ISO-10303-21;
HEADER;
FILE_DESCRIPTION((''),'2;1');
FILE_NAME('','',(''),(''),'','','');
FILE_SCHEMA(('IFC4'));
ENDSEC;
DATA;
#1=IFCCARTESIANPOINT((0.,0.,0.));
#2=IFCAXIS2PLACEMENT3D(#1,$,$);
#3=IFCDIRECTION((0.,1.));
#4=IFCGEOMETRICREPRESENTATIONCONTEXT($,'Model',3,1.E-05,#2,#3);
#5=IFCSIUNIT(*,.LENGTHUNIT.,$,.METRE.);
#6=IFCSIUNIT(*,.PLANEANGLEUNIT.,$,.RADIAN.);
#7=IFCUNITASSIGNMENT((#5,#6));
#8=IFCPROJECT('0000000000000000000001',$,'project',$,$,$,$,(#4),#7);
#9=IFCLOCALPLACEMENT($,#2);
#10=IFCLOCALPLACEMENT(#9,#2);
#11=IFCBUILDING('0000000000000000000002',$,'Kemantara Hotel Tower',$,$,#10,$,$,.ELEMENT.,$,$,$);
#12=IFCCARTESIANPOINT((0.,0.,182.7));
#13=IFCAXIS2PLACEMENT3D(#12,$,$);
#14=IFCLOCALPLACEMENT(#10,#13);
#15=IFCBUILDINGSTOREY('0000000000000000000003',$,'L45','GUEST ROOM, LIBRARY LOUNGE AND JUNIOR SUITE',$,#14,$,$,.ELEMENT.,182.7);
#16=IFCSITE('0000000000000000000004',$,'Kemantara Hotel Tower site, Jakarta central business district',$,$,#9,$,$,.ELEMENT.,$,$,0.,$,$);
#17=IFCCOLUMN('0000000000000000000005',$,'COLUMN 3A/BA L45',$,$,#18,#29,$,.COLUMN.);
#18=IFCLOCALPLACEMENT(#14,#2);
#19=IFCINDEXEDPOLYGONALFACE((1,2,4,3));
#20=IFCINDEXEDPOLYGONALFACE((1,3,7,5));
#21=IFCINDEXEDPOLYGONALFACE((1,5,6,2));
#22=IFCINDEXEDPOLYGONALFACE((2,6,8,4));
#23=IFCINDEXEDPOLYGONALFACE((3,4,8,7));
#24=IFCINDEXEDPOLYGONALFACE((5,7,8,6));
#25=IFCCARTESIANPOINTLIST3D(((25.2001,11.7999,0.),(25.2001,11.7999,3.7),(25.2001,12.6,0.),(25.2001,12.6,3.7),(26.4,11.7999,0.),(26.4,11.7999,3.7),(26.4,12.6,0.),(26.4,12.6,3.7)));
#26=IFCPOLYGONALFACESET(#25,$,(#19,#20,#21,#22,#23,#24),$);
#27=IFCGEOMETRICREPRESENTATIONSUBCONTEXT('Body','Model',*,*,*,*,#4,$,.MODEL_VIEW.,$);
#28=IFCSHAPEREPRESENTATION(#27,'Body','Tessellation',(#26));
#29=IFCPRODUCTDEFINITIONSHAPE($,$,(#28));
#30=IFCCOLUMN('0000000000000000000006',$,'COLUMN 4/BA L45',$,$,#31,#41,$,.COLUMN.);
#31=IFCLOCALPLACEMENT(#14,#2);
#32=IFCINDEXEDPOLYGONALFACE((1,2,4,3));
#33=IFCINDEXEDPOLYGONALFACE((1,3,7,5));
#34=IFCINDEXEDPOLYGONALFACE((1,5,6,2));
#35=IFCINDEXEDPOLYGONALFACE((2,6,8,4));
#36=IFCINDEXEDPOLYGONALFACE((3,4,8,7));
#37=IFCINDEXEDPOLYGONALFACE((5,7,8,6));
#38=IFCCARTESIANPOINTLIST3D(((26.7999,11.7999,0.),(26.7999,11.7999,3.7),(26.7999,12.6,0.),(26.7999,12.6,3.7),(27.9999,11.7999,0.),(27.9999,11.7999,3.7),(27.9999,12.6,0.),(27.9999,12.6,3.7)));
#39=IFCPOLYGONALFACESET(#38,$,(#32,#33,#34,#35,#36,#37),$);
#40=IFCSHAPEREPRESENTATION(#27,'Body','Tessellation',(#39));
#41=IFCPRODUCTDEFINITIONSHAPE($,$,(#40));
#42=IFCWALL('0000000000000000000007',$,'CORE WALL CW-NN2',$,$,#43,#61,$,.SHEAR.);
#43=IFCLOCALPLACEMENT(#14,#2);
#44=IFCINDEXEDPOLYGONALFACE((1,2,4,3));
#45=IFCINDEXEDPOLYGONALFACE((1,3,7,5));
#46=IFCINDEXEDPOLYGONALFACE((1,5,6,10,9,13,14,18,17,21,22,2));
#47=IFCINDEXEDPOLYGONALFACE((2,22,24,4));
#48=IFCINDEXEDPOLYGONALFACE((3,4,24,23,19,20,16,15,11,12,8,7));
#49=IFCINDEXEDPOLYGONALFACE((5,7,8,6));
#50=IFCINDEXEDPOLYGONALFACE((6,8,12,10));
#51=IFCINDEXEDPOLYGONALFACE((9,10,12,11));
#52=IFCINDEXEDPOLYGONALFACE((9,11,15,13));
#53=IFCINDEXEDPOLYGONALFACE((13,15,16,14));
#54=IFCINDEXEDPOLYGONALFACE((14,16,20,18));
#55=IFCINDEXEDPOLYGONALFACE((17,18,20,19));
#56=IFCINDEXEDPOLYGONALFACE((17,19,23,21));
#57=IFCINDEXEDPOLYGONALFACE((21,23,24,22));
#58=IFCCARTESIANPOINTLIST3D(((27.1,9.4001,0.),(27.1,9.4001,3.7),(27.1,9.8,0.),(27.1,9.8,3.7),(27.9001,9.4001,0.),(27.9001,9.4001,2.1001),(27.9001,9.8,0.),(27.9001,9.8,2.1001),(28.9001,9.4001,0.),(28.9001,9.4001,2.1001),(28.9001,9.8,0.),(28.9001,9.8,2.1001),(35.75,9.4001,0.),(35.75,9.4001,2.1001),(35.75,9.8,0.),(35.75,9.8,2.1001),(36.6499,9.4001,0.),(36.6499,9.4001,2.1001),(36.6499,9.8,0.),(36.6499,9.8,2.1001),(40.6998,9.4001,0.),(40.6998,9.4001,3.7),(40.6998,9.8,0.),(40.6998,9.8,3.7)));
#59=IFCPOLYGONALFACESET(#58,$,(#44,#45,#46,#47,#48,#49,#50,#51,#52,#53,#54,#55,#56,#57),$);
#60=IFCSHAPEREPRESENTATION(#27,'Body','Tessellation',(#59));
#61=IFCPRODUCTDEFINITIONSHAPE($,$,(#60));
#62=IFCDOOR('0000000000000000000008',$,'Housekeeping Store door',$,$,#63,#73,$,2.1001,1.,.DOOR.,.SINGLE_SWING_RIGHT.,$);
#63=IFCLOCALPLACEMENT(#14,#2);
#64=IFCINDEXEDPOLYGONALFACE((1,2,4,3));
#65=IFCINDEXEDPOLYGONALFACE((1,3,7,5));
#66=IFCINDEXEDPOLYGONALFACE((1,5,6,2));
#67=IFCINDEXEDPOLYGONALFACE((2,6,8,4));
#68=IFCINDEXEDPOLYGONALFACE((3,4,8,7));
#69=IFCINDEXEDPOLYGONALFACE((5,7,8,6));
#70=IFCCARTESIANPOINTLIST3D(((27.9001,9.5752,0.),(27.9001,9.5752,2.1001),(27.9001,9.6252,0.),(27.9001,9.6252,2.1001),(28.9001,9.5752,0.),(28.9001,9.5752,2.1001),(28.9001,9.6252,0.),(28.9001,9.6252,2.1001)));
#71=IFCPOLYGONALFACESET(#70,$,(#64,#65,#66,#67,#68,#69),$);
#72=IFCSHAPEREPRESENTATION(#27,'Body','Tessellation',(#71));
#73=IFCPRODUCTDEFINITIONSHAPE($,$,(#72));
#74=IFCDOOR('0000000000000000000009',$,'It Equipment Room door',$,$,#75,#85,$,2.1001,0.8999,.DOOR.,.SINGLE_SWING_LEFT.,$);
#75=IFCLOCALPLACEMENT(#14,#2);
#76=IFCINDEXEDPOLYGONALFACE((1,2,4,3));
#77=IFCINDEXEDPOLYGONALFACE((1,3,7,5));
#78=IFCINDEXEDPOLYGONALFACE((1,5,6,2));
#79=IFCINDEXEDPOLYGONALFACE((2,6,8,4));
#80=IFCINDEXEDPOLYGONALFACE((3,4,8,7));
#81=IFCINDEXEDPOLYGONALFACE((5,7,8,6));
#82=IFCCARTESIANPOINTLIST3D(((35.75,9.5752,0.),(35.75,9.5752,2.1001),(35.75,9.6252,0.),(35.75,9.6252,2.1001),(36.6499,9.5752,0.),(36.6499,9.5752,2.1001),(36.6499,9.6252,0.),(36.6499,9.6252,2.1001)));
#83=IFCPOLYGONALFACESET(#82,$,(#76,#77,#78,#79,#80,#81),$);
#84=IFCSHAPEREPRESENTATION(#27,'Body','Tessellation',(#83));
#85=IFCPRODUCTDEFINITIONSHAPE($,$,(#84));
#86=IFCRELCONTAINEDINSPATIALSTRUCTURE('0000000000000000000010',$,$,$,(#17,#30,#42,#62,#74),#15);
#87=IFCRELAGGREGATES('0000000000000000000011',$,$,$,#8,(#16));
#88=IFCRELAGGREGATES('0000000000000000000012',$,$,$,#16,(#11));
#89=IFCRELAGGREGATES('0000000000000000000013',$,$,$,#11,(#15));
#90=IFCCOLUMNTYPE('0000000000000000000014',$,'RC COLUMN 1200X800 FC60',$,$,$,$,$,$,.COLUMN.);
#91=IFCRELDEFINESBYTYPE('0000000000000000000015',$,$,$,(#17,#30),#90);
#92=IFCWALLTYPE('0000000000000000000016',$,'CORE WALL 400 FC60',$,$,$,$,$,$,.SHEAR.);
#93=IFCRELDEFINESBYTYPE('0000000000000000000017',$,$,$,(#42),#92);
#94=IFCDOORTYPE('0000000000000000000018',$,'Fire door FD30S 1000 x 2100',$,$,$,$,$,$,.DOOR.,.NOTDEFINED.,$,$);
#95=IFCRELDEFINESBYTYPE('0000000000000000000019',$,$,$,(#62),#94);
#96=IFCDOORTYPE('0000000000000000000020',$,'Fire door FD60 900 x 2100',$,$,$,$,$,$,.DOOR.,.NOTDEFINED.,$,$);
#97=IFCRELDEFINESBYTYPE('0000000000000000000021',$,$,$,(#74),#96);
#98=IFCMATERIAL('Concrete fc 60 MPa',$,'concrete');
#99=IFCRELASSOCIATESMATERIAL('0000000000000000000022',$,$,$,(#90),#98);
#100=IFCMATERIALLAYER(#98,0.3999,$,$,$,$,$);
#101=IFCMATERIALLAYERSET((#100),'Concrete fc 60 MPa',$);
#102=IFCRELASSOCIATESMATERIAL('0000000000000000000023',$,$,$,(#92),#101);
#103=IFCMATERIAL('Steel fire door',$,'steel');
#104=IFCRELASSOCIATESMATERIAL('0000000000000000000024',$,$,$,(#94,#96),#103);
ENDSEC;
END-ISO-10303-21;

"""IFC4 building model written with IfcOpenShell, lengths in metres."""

from ifc_helpers import new_model, si_unit, direction, frame, frame_2d, origin, origin_2d, place, context, subcontext, project, spatial, rectangle, extrude, material, layer, layer_set, material_profile, profile_set, type_object, element, fill, save


model = new_model("IFC4")

# Units and contexts
model_context = context("Model", 3, precision=1e-05, world=origin(), true_north=direction((0.0, 1.0)))
body_context = subcontext(model_context, "Body", "Model", "MODEL_VIEW")
ifc_project = project(units=[si_unit("LENGTHUNIT", "METRE"), si_unit("PLANEANGLEUNIT", "RADIAN")], contexts=[model_context])

# Site, building, storey
site_placement = place(None, origin())
site = spatial("IfcSite", under=ifc_project, at=site_placement, Name="Kemantara Hotel Tower site, Jakarta central business district", CompositionType="ELEMENT", RefElevation=0.0)
building_placement = place(site_placement, origin())
building = spatial("IfcBuilding", under=site, at=building_placement, Name="Kemantara Hotel Tower", CompositionType="ELEMENT")
storey_placement = place(building_placement, frame((0.0, 0.0, 182.7)))
storey = spatial("IfcBuildingStorey", under=building, at=storey_placement, Name="L45", Description="GUEST ROOM, LIBRARY LOUNGE AND JUNIOR SUITE", CompositionType="ELEMENT", Elevation=182.7)

# Columns
ifc_material_1 = material(Name="Concrete fc 60 MPa", Category="concrete")
ifc_material_profile = material_profile(ifc_material_1, rectangle(XDim=1.2, YDim=0.8, at=origin_2d()), Name="RC 1200X800")
ifc_profile_set = profile_set([ifc_material_profile], Name="Concrete fc 60 MPa")
column_type = type_object("IfcColumnType", Name="RC COLUMN 1200X800 FC60", PredefinedType="COLUMN", material=ifc_profile_set)
for number, where, z_axis, x_axis, name in (
    (1, (25.8, 12.2, 0.0), (0.0, 0.0, 1.0), (1.0, 0.0, 0.0), "COLUMN 3A/BA L45"),
    (2, (27.3999, 12.2, 0.0), (0.0, 0.0, 1.0), (1.0, 0.0, 0.0), "COLUMN 4/BA L45"),
):
    element("IfcColumn", number, at=place(storey_placement, frame(where, z_axis=z_axis, x_axis=x_axis)), inside=storey, type_object=column_type, Name=name, PredefinedType="COLUMN", context=body_context, shape_type="SweptSolid", body=[
        extrude(rectangle(XDim=1.2, YDim=0.8, at=origin_2d()), origin(), (0.0, 0.0, 1.0), 3.7),
    ])

# Wall, openings, doors
ifc_layer_1 = layer(ifc_material_1, 0.3999)
ifc_layer_set_1 = layer_set([ifc_layer_1], Name="Concrete fc 60 MPa")
wall_type_1 = type_object("IfcWallType", Name="CORE WALL 400 FC60", PredefinedType="SHEAR", material=ifc_layer_set_1)
wall_1_placement = place(storey_placement, frame((27.1001, 9.6001, 0.0), z_axis=(0.0, 0.0, 1.0), x_axis=(1.0, 0.0, 0.0)))
wall_1 = element("IfcWall", 3, at=wall_1_placement, inside=storey, type_object=wall_type_1, Name="CORE WALL CW-NN2", PredefinedType="SHEAR", context=body_context, shape_type="SweptSolid", body=[
    extrude(rectangle(XDim=13.5999, YDim=0.3999, at=frame_2d((6.7998, 0.0))), origin(), (0.0, 0.0, 1.0), 3.7),
])
opening_1_placement = place(wall_1_placement, frame((0.8, 0.0, 0.0)))
opening_1 = element("IfcOpeningElement", 4, at=opening_1_placement, cuts=wall_1, PredefinedType="OPENING", context=body_context, shape_type="SweptSolid", body=[
    extrude(rectangle(XDim=1.0, YDim=2.1001, at=frame_2d((0.5, 1.05))), frame((0.0, 0.21, 0.0), z_axis=(0.0, -1.0, 0.0), x_axis=(1.0, 0.0, 0.0)), (0.0, 0.0, 1.0), 0.4199),
])
opening_2_placement = place(wall_1_placement, frame((8.6499, 0.0, 0.0)))
opening_2 = element("IfcOpeningElement", 5, at=opening_2_placement, cuts=wall_1, PredefinedType="OPENING", context=body_context, shape_type="SweptSolid", body=[
    extrude(rectangle(XDim=0.8999, YDim=2.1001, at=frame_2d((0.45, 1.05))), frame((0.0, 0.21, 0.0), z_axis=(0.0, -1.0, 0.0), x_axis=(1.0, 0.0, 0.0)), (0.0, 0.0, 1.0), 0.4199),
])
ifc_material_2 = material(Name="Steel fire door", Category="steel")
door_type_1 = type_object("IfcDoorType", Name="Fire door FD30S 1000 x 2100", OperationType="NOTDEFINED", PredefinedType="DOOR", material=ifc_material_2)
door_1_placement = place(opening_1_placement, frame((1.0, 0.0, 0.0), z_axis=(0.0, 0.0, 1.0), x_axis=(-1.0, 0.0, 0.0)))
door_1 = element("IfcDoor", 6, at=door_1_placement, inside=storey, type_object=door_type_1, Name="Housekeeping Store door", OperationType="SINGLE_SWING_RIGHT", OverallHeight=2.1001, OverallWidth=1.0, PredefinedType="DOOR", context=body_context, shape_type="SweptSolid", body=[
    extrude(rectangle(XDim=1.0, YDim=2.1001, at=frame_2d((0.5, 1.05))), frame((0.0, 0.0249, 0.0), z_axis=(0.0, -1.0, 0.0), x_axis=(1.0, 0.0, 0.0)), (0.0, 0.0, 1.0), 0.05),
])
fill(opening_1, door_1)
door_type_2 = type_object("IfcDoorType", Name="Fire door FD60 900 x 2100", OperationType="NOTDEFINED", PredefinedType="DOOR", material=ifc_material_2)
door_2_placement = place(opening_2_placement, frame((0.8999, 0.0, 0.0), z_axis=(0.0, 0.0, 1.0), x_axis=(-1.0, 0.0, 0.0)))
door_2 = element("IfcDoor", 7, at=door_2_placement, inside=storey, type_object=door_type_2, Name="It Equipment Room door", OperationType="SINGLE_SWING_LEFT", OverallHeight=2.1001, OverallWidth=0.8999, PredefinedType="DOOR", context=body_context, shape_type="SweptSolid", body=[
    extrude(rectangle(XDim=0.8999, YDim=2.1001, at=frame_2d((0.45, 1.05))), frame((0.0, 0.0249, 0.0), z_axis=(0.0, -1.0, 0.0), x_axis=(1.0, 0.0, 0.0)), (0.0, 0.0, 1.0), 0.05),
])
fill(opening_2, door_2)

save(model, "model.ifc")
